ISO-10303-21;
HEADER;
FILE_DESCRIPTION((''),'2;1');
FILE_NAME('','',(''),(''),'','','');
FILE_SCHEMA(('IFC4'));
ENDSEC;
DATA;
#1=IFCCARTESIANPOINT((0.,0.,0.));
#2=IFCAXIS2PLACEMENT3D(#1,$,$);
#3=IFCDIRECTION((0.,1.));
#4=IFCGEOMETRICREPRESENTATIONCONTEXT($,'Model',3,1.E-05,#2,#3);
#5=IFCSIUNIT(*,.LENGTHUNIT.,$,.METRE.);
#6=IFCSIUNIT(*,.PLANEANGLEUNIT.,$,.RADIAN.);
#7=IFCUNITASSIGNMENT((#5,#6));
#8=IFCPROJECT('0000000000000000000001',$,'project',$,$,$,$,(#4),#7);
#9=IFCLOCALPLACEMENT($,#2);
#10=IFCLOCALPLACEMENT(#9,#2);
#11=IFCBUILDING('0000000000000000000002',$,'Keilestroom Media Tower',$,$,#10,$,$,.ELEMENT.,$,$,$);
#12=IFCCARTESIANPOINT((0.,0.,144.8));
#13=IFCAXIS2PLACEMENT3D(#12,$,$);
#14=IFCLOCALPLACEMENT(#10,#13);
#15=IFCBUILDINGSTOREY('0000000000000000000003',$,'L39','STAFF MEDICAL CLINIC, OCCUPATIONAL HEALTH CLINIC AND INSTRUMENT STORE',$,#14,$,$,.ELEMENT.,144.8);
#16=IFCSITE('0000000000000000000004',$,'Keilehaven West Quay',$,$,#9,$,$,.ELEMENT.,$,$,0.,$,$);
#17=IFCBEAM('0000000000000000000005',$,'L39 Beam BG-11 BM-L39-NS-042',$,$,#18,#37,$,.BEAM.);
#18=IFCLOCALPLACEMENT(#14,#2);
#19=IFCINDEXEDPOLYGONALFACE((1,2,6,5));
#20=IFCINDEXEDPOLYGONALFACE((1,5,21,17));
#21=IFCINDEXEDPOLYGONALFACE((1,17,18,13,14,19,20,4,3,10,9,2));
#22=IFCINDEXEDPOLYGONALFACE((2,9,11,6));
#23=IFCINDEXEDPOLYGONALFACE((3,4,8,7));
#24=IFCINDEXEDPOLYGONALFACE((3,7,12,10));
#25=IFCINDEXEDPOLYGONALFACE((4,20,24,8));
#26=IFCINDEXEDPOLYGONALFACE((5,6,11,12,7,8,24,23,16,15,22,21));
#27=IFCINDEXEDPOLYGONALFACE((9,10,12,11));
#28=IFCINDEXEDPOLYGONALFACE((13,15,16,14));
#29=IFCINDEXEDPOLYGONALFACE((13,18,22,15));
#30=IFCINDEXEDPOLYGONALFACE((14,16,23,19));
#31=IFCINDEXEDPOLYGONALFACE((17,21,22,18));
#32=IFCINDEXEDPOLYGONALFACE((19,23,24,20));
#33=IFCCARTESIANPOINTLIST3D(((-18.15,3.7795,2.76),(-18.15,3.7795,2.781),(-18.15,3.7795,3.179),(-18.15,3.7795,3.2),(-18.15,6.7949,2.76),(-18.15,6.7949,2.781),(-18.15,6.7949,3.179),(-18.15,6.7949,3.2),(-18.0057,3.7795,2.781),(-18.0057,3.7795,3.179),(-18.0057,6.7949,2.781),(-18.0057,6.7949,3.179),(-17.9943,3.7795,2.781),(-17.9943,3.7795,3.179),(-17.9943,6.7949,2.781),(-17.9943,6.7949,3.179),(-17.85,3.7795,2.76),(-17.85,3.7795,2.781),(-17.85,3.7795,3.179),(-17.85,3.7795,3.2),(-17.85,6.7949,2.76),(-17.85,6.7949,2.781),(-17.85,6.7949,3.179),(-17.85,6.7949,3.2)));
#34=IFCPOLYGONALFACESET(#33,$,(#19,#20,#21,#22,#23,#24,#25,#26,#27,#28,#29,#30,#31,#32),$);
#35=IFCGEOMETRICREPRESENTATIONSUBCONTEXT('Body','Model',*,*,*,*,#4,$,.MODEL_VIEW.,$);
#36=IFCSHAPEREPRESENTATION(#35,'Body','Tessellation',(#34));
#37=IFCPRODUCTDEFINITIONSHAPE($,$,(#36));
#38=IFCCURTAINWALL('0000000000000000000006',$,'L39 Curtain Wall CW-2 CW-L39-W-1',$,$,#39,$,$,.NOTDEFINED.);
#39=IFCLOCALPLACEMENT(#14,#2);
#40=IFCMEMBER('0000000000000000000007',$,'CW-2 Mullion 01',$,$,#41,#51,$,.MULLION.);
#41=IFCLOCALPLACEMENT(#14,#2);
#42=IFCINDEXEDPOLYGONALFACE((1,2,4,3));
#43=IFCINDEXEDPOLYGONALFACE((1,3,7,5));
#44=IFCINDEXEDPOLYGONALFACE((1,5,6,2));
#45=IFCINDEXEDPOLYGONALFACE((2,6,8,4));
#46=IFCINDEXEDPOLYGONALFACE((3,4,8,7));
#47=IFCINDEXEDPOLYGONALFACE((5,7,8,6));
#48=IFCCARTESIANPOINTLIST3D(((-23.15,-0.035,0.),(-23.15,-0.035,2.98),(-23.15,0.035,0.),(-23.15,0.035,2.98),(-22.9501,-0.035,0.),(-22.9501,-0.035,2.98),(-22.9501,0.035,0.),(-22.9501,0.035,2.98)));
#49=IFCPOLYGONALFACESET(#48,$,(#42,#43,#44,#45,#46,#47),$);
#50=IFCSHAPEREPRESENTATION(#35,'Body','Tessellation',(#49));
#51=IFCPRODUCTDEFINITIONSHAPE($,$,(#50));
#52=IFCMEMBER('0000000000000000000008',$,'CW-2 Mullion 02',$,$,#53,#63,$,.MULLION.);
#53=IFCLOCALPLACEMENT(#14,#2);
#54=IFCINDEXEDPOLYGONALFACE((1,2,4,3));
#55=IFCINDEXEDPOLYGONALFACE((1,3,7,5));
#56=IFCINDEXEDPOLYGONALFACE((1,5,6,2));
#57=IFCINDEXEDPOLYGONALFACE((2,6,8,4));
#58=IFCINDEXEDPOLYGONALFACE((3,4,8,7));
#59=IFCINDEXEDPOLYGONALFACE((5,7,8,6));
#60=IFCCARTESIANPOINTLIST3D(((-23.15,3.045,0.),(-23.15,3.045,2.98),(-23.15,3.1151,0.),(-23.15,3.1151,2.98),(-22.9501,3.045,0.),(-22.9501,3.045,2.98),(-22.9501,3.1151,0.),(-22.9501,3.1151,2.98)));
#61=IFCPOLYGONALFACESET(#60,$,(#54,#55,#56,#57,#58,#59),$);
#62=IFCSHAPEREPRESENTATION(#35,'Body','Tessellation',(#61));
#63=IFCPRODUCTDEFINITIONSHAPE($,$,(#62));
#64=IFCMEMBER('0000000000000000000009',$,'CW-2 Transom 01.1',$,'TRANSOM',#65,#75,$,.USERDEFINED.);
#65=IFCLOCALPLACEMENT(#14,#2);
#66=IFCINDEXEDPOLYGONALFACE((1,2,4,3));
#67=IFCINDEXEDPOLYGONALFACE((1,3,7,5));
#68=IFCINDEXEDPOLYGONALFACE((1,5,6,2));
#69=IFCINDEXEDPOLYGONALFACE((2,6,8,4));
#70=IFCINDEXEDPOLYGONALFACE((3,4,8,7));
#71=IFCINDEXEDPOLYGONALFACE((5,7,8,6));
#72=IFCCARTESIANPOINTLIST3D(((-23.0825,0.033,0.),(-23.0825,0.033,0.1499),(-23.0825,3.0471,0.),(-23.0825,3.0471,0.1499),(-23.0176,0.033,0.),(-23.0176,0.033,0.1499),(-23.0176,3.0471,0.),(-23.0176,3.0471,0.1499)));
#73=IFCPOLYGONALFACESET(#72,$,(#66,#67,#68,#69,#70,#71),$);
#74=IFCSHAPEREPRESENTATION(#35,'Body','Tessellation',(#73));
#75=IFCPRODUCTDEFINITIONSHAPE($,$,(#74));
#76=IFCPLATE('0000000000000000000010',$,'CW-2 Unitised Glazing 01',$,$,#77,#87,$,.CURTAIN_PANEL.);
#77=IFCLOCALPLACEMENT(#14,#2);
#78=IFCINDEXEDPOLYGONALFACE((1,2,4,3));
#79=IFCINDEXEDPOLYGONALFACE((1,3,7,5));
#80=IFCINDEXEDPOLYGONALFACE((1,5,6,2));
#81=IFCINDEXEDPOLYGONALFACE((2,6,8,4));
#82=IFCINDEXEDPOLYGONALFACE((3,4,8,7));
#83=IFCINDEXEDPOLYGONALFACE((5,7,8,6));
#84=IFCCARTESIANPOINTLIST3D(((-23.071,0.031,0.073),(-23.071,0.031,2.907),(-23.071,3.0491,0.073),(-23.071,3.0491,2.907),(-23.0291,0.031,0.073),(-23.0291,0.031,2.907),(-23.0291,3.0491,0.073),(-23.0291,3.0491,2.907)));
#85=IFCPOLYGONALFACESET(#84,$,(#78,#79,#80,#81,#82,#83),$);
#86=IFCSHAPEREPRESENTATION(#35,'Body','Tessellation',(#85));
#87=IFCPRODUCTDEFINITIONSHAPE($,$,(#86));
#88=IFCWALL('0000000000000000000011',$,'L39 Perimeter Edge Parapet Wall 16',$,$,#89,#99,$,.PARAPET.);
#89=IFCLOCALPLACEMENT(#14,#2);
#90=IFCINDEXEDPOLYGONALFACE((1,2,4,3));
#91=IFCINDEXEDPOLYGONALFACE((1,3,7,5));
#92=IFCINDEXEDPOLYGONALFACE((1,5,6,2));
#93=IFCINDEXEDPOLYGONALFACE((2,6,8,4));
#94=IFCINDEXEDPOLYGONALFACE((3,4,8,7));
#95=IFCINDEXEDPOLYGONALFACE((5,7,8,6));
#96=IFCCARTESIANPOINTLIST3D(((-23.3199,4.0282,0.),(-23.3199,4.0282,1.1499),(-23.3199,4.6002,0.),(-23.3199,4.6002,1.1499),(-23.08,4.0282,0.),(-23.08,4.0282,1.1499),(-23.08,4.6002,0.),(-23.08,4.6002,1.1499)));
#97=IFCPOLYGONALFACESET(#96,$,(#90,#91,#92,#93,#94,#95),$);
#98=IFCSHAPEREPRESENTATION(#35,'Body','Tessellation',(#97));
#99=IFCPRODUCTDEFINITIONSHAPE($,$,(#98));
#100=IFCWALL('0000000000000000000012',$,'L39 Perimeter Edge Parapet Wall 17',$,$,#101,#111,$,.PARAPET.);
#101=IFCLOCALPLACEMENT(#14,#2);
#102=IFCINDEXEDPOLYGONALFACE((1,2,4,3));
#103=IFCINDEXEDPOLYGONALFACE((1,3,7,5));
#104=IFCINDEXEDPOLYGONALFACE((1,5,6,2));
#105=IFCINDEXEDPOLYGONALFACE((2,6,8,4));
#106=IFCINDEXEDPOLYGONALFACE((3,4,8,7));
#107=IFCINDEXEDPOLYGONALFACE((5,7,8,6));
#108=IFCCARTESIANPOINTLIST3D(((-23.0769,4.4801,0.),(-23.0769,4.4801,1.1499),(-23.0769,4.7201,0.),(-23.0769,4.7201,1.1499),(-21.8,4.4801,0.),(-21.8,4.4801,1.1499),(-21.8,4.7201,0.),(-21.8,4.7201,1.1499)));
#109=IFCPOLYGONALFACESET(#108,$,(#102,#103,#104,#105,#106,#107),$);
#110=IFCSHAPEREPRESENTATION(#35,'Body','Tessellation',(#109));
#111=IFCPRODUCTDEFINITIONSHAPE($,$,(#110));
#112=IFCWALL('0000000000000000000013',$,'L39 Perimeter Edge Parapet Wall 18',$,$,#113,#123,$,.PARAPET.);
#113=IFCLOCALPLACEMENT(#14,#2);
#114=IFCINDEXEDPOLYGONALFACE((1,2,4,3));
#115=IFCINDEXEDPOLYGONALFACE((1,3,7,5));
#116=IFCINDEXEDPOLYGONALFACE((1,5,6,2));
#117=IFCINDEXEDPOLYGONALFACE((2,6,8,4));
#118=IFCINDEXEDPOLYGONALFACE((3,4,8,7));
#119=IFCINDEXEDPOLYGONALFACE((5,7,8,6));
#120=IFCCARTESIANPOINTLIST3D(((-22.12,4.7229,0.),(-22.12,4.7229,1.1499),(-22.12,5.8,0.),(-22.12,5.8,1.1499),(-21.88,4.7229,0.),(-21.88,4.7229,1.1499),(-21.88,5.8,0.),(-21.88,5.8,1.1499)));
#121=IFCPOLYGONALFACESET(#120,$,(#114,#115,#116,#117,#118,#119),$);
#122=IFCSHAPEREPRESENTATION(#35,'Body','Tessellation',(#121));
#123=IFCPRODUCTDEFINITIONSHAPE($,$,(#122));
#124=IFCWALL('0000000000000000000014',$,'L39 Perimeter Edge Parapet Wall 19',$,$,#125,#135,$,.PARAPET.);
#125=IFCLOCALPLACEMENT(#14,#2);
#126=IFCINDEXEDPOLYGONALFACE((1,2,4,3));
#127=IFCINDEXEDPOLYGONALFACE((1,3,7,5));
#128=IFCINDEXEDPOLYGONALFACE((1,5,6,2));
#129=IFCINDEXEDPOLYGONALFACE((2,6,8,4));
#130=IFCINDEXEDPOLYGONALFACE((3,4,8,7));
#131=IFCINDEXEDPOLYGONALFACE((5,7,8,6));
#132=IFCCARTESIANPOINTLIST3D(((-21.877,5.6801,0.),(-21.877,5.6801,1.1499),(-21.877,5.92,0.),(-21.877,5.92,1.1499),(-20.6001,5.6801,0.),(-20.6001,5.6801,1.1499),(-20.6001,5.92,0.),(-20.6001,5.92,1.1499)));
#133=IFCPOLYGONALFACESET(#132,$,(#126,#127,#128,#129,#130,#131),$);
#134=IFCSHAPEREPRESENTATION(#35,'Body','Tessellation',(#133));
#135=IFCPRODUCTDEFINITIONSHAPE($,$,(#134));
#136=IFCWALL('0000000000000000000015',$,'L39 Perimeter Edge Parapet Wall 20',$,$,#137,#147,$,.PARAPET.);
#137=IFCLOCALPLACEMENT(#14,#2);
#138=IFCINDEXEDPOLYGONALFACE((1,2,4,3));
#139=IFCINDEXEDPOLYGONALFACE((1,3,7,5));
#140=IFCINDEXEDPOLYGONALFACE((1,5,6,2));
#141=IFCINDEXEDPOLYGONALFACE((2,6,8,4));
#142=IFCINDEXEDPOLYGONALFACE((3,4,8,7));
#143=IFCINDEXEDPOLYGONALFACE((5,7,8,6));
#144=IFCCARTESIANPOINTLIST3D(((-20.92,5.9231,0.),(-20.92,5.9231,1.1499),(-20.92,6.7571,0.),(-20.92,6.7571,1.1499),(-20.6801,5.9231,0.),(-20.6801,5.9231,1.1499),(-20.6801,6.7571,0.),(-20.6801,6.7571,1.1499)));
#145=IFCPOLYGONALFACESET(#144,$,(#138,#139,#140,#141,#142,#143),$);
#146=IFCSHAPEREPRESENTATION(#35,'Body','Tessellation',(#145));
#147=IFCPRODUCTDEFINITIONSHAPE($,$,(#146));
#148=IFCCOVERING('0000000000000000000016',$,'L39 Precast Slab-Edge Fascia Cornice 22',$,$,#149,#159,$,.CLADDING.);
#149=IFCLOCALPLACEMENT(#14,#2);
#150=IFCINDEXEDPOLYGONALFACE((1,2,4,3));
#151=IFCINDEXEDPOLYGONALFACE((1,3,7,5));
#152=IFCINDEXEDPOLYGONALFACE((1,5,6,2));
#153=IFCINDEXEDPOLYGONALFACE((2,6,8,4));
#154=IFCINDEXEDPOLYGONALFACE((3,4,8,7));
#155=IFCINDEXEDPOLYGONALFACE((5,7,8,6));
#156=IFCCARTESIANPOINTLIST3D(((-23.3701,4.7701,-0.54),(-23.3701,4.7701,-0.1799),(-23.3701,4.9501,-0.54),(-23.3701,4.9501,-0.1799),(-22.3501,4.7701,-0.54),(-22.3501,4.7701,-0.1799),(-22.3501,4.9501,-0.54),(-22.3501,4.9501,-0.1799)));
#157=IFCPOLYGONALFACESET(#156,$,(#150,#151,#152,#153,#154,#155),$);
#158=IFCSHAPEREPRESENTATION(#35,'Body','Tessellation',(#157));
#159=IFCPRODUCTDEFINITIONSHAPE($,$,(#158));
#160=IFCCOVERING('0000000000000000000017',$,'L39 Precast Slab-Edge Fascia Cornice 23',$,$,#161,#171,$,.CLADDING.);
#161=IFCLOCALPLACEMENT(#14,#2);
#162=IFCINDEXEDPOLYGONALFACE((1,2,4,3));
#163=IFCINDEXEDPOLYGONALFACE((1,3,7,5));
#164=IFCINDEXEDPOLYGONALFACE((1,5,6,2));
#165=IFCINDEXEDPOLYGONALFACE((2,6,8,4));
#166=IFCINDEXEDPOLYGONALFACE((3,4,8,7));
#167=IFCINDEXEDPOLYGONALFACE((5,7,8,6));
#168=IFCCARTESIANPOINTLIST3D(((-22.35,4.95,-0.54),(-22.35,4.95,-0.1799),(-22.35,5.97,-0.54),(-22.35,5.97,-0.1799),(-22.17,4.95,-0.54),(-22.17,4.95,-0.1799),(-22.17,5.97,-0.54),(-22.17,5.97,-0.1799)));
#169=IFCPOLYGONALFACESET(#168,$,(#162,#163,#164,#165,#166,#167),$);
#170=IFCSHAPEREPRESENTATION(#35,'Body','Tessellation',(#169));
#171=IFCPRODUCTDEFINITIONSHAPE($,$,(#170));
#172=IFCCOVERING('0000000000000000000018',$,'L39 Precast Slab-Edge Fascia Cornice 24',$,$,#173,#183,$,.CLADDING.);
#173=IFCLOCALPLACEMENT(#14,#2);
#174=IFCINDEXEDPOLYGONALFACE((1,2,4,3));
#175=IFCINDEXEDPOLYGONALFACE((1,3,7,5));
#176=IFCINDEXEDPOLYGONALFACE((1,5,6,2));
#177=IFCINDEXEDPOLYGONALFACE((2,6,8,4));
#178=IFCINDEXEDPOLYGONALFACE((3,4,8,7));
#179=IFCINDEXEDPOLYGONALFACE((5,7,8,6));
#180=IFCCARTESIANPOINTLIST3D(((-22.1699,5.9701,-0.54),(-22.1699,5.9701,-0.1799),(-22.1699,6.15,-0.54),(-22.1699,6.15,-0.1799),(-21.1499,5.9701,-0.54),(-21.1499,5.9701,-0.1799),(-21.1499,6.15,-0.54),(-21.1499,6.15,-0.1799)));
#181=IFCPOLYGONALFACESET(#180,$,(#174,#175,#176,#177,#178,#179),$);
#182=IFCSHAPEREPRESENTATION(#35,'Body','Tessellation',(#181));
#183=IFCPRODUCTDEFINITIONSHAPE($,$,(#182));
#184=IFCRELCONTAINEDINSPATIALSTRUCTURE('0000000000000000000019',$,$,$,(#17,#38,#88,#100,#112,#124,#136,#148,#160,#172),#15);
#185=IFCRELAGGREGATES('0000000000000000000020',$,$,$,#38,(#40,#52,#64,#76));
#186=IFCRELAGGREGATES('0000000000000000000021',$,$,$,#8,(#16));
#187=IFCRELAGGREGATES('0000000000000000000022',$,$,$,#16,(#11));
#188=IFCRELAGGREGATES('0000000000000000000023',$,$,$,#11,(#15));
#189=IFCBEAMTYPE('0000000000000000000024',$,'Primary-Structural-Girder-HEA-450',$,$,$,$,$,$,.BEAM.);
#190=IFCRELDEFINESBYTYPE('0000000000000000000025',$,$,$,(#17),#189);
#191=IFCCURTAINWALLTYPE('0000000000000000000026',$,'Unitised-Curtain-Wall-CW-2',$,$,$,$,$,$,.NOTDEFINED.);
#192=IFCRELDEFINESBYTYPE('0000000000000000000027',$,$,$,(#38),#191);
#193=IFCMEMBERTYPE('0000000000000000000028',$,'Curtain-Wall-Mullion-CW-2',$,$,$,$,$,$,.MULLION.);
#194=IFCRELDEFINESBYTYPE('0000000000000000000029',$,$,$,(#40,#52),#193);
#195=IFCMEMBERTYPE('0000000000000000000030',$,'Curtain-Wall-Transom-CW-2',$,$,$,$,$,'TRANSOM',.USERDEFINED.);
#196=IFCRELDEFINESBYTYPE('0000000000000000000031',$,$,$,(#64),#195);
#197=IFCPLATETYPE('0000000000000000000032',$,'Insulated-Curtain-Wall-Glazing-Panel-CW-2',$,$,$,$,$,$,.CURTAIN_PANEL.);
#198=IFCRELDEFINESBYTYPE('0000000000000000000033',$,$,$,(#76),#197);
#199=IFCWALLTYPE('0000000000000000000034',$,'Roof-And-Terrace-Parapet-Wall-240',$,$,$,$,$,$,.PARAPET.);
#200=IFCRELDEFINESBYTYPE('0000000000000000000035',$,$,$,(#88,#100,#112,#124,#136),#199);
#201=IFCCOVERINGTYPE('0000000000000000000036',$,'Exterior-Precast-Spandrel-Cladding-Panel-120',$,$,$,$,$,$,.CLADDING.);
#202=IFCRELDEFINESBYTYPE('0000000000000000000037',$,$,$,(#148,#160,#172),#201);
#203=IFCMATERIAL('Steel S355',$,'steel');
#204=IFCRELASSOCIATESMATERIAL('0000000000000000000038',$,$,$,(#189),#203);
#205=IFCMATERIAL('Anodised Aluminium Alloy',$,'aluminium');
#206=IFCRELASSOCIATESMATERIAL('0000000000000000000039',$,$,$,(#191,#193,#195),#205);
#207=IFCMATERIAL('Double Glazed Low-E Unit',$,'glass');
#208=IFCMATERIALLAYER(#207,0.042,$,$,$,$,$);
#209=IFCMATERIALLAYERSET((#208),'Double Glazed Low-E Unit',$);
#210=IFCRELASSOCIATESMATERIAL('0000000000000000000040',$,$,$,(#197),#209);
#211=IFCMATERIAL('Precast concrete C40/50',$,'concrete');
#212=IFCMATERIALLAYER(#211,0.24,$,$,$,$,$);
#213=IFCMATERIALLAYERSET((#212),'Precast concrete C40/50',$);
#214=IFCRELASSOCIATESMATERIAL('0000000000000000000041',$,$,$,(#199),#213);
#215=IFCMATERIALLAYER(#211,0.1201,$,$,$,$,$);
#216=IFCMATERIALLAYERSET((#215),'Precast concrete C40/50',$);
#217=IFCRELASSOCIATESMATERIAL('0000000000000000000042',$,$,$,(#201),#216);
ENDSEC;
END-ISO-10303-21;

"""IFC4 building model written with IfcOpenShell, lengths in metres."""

from ifc_helpers import new_model, si_unit, direction, frame, frame_2d, origin, origin_2d, place, context, subcontext, project, spatial, rectangle, i_section, extrude, source, transform, mapped, material, layer, layer_set, material_profile, profile_set, type_object, element, aggregate, save


model = new_model("IFC4")

# Units and contexts
model_context = context("Model", 3, precision=1e-05, world=origin(), true_north=direction((0.0, 1.0)))
body_context = subcontext(model_context, "Body", "Model", "MODEL_VIEW")
ifc_project = project(units=[si_unit("LENGTHUNIT", "METRE"), si_unit("PLANEANGLEUNIT", "RADIAN")], contexts=[model_context])

# Site, building, storey
site_placement = place(None, origin())
site = spatial("IfcSite", under=ifc_project, at=site_placement, Name="Keilehaven West Quay", CompositionType="ELEMENT", RefElevation=0.0)
building_placement = place(site_placement, origin())
building = spatial("IfcBuilding", under=site, at=building_placement, Name="Keilestroom Media Tower", CompositionType="ELEMENT")
storey_placement = place(building_placement, frame((0.0, 0.0, 144.8)))
storey = spatial("IfcBuildingStorey", under=building, at=storey_placement, Name="L39", Description="STAFF MEDICAL CLINIC, OCCUPATIONAL HEALTH CLINIC AND INSTRUMENT STORE", CompositionType="ELEMENT", Elevation=144.8)

# Shared definitions
ifc_material_1 = material(Name="Precast concrete C40/50", Category="concrete")
ifc_material_2 = material(Name="Steel S355", Category="steel")

# Beam
ifc_material_profile_1 = material_profile(ifc_material_2, i_section(OverallWidth=0.3, OverallDepth=0.4399, WebThickness=0.0115, FlangeThickness=0.021, at=origin_2d()), Name="HEA 450")
ifc_profile_set_1 = profile_set([ifc_material_profile_1], Name="Steel S355")
beam_type_1 = type_object("IfcBeamType", Name="Primary-Structural-Girder-HEA-450", PredefinedType="BEAM", material=ifc_profile_set_1)
shared_shape_1 = source(origin(), body_context, "Body", "SweptSolid", [
    extrude(i_section(OverallWidth=0.3, OverallDepth=0.4399, WebThickness=0.0115, FlangeThickness=0.021, at=origin_2d()), origin(), (0.0, 0.0, 1.0), 3.0154),
])
beam_1_placement = place(storey_placement, frame((-18.0, 3.7795, 2.98), z_axis=(0.0, 1.0, 0.0), x_axis=(-1.0, 0.0, 0.0)))
element("IfcBeam", 1, at=beam_1_placement, inside=storey, type_object=beam_type_1, Name="L39 Beam BG-11 BM-L39-NS-042", PredefinedType="BEAM", context=body_context, shape_type="MappedRepresentation", body=[
    mapped(shared_shape_1, transform((0.0, 0.0, 0.0), x_axis=(1.0, 0.0, 0.0), y_axis=(0.0, 1.0, 0.0), z_axis=(0.0, 0.0, 1.0), scale=1.0)),
])

# Curtain wall, members, plate
ifc_material_3 = material(Name="Anodised Aluminium Alloy", Category="aluminium")
curtain_wall_type = type_object("IfcCurtainWallType", Name="Unitised-Curtain-Wall-CW-2", PredefinedType="NOTDEFINED", material=ifc_material_3)
curtain_wall_placement = place(storey_placement, origin())
curtain_wall = element("IfcCurtainWall", 2, at=curtain_wall_placement, inside=storey, type_object=curtain_wall_type, Name="L39 Curtain Wall CW-2 CW-L39-W-1", PredefinedType="NOTDEFINED")
ifc_material_profile_2 = material_profile(ifc_material_3, rectangle(XDim=0.0701, YDim=0.2, at=origin_2d()), Name="ALU MULLION 70x200")
ifc_profile_set_2 = profile_set([ifc_material_profile_2], Name="Anodised Aluminium Alloy")
member_type_1 = type_object("IfcMemberType", Name="Curtain-Wall-Mullion-CW-2", PredefinedType="MULLION", material=ifc_profile_set_2)
shared_shape_2 = source(origin(), body_context, "Body", "SweptSolid", [
    extrude(rectangle(XDim=0.0701, YDim=0.2, at=origin_2d()), origin(), (0.0, 0.0, 1.0), 2.98),
])
member_1_placement = place(storey_placement, frame((-23.05, 0.0, 0.0), z_axis=(0.0, 0.0, 1.0), x_axis=(0.0, 1.0, 0.0)))
member_1 = element("IfcMember", 3, at=member_1_placement, type_object=member_type_1, Name="CW-2 Mullion 01", PredefinedType="MULLION", context=body_context, shape_type="MappedRepresentation", body=[
    mapped(shared_shape_2, transform((0.0, 0.0, 0.0), x_axis=(1.0, 0.0, 0.0), y_axis=(0.0, 1.0, 0.0), z_axis=(0.0, 0.0, 1.0), scale=1.0)),
])
member_2_placement = place(storey_placement, frame((-23.05, 3.0801, 0.0), z_axis=(0.0, 0.0, 1.0), x_axis=(0.0, 1.0, 0.0)))
member_2 = element("IfcMember", 4, at=member_2_placement, type_object=member_type_1, Name="CW-2 Mullion 02", PredefinedType="MULLION", context=body_context, shape_type="MappedRepresentation", body=[
    mapped(shared_shape_2, transform((0.0, 0.0, 0.0), x_axis=(1.0, 0.0, 0.0), y_axis=(0.0, 1.0, 0.0), z_axis=(0.0, 0.0, 1.0), scale=1.0)),
])
ifc_material_profile_3 = material_profile(ifc_material_3, rectangle(XDim=0.0649, YDim=0.1499, at=origin_2d()), Name="ALU TRANSOM 65x150")
ifc_profile_set_3 = profile_set([ifc_material_profile_3], Name="Anodised Aluminium Alloy")
member_type_2 = type_object("IfcMemberType", Name="Curtain-Wall-Transom-CW-2", ElementType="TRANSOM", PredefinedType="USERDEFINED", material=ifc_profile_set_3)
shared_shape_3 = source(origin(), body_context, "Body", "SweptSolid", [
    extrude(rectangle(XDim=0.0649, YDim=0.1499, at=origin_2d()), origin(), (0.0, 0.0, 1.0), 3.0142),
])
member_3_placement = place(storey_placement, frame((-23.05, 0.033, 0.075), z_axis=(0.0, 1.0, 0.0), x_axis=(-1.0, 0.0, 0.0)))
member_3 = element("IfcMember", 5, at=member_3_placement, type_object=member_type_2, Name="CW-2 Transom 01.1", ObjectType="TRANSOM", PredefinedType="USERDEFINED", context=body_context, shape_type="MappedRepresentation", body=[
    mapped(shared_shape_3, transform((0.0, 0.0, 0.0), x_axis=(1.0, 0.0, 0.0), y_axis=(0.0, 1.0, 0.0), z_axis=(0.0, 0.0, 1.0), scale=1.0)),
])
ifc_material_4 = material(Name="Double Glazed Low-E Unit", Category="glass")
ifc_layer_1 = layer(ifc_material_4, 0.042)
ifc_layer_set_1 = layer_set([ifc_layer_1], Name="Double Glazed Low-E Unit")
plate_type = type_object("IfcPlateType", Name="Insulated-Curtain-Wall-Glazing-Panel-CW-2", PredefinedType="CURTAIN_PANEL", material=ifc_layer_set_1)
shared_shape_4 = source(origin(), body_context, "Body", "SweptSolid", [
    extrude(rectangle(XDim=3.0181, YDim=0.042, at=origin_2d()), origin(), (0.0, 0.0, 1.0), 2.834),
])
plate_placement = place(storey_placement, frame((-23.05, 1.54, 0.073), z_axis=(0.0, 0.0, 1.0), x_axis=(0.0, 1.0, 0.0)))
plate = element("IfcPlate", 6, at=plate_placement, type_object=plate_type, Name="CW-2 Unitised Glazing 01", PredefinedType="CURTAIN_PANEL", context=body_context, shape_type="MappedRepresentation", body=[
    mapped(shared_shape_4, transform((0.0, 0.0, 0.0), x_axis=(1.0, 0.0, 0.0), y_axis=(0.0, 1.0, 0.0), z_axis=(0.0, 0.0, 1.0), scale=1.0)),
])
aggregate(curtain_wall, [member_1, member_2, member_3, plate])

# Walls
ifc_layer_2 = layer(ifc_material_1, 0.24)
ifc_layer_set_2 = layer_set([ifc_layer_2], Name="Precast concrete C40/50")
wall_type = type_object("IfcWallType", Name="Roof-And-Terrace-Parapet-Wall-240", PredefinedType="PARAPET", material=ifc_layer_set_2)
wall_1_placement = place(storey_placement, frame((-23.2, 4.0281, 0.0), z_axis=(0.0, 0.0, 1.0), x_axis=(0.0, 1.0, 0.0)))
element("IfcWall", 7, at=wall_1_placement, inside=storey, type_object=wall_type, Name="L39 Perimeter Edge Parapet Wall 16", PredefinedType="PARAPET", context=body_context, shape_type="SweptSolid", body=[
    extrude(rectangle(XDim=0.572, YDim=0.24, at=frame_2d((0.2861, 0.0))), origin(), (0.0, 0.0, 1.0), 1.1499),
])
wall_2_placement = place(storey_placement, frame((-23.0769, 4.6001, 0.0), z_axis=(0.0, 0.0, 1.0), x_axis=(1.0, 0.0, 0.0)))
element("IfcWall", 8, at=wall_2_placement, inside=storey, type_object=wall_type, Name="L39 Perimeter Edge Parapet Wall 17", PredefinedType="PARAPET", context=body_context, shape_type="SweptSolid", body=[
    extrude(rectangle(XDim=1.2769, YDim=0.24, at=frame_2d((0.6384, 0.0))), origin(), (0.0, 0.0, 1.0), 1.1499),
])
wall_3_placement = place(storey_placement, frame((-22.0, 4.7229, 0.0), z_axis=(0.0, 0.0, 1.0), x_axis=(0.0, 1.0, 0.0)))
element("IfcWall", 9, at=wall_3_placement, inside=storey, type_object=wall_type, Name="L39 Perimeter Edge Parapet Wall 18", PredefinedType="PARAPET", context=body_context, shape_type="SweptSolid", body=[
    extrude(rectangle(XDim=1.0771, YDim=0.24, at=frame_2d((0.5386, 0.0))), origin(), (0.0, 0.0, 1.0), 1.1499),
])
wall_4_placement = place(storey_placement, frame((-21.877, 5.8, 0.0), z_axis=(0.0, 0.0, 1.0), x_axis=(1.0, 0.0, 0.0)))
element("IfcWall", 10, at=wall_4_placement, inside=storey, type_object=wall_type, Name="L39 Perimeter Edge Parapet Wall 19", PredefinedType="PARAPET", context=body_context, shape_type="SweptSolid", body=[
    extrude(rectangle(XDim=1.2769, YDim=0.24, at=frame_2d((0.6384, 0.0))), origin(), (0.0, 0.0, 1.0), 1.1499),
])
wall_5_placement = place(storey_placement, frame((-20.8, 5.9231, 0.0), z_axis=(0.0, 0.0, 1.0), x_axis=(0.0, 1.0, 0.0)))
element("IfcWall", 11, at=wall_5_placement, inside=storey, type_object=wall_type, Name="L39 Perimeter Edge Parapet Wall 20", PredefinedType="PARAPET", context=body_context, shape_type="SweptSolid", body=[
    extrude(rectangle(XDim=0.834, YDim=0.24, at=frame_2d((0.417, 0.0))), origin(), (0.0, 0.0, 1.0), 1.1499),
])

# Coverings
ifc_layer_3 = layer(ifc_material_1, 0.1201)
ifc_layer_set_3 = layer_set([ifc_layer_3], Name="Precast concrete C40/50")
covering_type = type_object("IfcCoveringType", Name="Exterior-Precast-Spandrel-Cladding-Panel-120", PredefinedType="CLADDING", material=ifc_layer_set_3)
shared_shape_5 = source(origin(), body_context, "Body", "SweptSolid", [
    extrude(rectangle(XDim=1.02, YDim=0.1799, at=origin_2d()), origin(), (0.0, 0.0, 1.0), 0.3601),
])
for number, where, z_axis, x_axis, name in (
    (12, (-22.8601, 4.8601, -0.54), (0.0, 0.0, 1.0), (1.0, 0.0, 0.0), "L39 Precast Slab-Edge Fascia Cornice 22"),
    (13, (-22.26, 5.46, -0.54), (0.0, 0.0, 1.0), (0.0, 1.0, 0.0), "L39 Precast Slab-Edge Fascia Cornice 23"),
    (14, (-21.6599, 6.0601, -0.54), (0.0, 0.0, 1.0), (1.0, 0.0, 0.0), "L39 Precast Slab-Edge Fascia Cornice 24"),
):
    element("IfcCovering", number, at=place(storey_placement, frame(where, z_axis=z_axis, x_axis=x_axis)), inside=storey, type_object=covering_type, Name=name, PredefinedType="CLADDING", context=body_context, shape_type="MappedRepresentation", body=[
        mapped(shared_shape_5, transform((0.0, 0.0, 0.0), x_axis=(1.0, 0.0, 0.0), y_axis=(0.0, 1.0, 0.0), z_axis=(0.0, 0.0, 1.0), scale=1.0)),
    ])

save(model, "model.ifc")
